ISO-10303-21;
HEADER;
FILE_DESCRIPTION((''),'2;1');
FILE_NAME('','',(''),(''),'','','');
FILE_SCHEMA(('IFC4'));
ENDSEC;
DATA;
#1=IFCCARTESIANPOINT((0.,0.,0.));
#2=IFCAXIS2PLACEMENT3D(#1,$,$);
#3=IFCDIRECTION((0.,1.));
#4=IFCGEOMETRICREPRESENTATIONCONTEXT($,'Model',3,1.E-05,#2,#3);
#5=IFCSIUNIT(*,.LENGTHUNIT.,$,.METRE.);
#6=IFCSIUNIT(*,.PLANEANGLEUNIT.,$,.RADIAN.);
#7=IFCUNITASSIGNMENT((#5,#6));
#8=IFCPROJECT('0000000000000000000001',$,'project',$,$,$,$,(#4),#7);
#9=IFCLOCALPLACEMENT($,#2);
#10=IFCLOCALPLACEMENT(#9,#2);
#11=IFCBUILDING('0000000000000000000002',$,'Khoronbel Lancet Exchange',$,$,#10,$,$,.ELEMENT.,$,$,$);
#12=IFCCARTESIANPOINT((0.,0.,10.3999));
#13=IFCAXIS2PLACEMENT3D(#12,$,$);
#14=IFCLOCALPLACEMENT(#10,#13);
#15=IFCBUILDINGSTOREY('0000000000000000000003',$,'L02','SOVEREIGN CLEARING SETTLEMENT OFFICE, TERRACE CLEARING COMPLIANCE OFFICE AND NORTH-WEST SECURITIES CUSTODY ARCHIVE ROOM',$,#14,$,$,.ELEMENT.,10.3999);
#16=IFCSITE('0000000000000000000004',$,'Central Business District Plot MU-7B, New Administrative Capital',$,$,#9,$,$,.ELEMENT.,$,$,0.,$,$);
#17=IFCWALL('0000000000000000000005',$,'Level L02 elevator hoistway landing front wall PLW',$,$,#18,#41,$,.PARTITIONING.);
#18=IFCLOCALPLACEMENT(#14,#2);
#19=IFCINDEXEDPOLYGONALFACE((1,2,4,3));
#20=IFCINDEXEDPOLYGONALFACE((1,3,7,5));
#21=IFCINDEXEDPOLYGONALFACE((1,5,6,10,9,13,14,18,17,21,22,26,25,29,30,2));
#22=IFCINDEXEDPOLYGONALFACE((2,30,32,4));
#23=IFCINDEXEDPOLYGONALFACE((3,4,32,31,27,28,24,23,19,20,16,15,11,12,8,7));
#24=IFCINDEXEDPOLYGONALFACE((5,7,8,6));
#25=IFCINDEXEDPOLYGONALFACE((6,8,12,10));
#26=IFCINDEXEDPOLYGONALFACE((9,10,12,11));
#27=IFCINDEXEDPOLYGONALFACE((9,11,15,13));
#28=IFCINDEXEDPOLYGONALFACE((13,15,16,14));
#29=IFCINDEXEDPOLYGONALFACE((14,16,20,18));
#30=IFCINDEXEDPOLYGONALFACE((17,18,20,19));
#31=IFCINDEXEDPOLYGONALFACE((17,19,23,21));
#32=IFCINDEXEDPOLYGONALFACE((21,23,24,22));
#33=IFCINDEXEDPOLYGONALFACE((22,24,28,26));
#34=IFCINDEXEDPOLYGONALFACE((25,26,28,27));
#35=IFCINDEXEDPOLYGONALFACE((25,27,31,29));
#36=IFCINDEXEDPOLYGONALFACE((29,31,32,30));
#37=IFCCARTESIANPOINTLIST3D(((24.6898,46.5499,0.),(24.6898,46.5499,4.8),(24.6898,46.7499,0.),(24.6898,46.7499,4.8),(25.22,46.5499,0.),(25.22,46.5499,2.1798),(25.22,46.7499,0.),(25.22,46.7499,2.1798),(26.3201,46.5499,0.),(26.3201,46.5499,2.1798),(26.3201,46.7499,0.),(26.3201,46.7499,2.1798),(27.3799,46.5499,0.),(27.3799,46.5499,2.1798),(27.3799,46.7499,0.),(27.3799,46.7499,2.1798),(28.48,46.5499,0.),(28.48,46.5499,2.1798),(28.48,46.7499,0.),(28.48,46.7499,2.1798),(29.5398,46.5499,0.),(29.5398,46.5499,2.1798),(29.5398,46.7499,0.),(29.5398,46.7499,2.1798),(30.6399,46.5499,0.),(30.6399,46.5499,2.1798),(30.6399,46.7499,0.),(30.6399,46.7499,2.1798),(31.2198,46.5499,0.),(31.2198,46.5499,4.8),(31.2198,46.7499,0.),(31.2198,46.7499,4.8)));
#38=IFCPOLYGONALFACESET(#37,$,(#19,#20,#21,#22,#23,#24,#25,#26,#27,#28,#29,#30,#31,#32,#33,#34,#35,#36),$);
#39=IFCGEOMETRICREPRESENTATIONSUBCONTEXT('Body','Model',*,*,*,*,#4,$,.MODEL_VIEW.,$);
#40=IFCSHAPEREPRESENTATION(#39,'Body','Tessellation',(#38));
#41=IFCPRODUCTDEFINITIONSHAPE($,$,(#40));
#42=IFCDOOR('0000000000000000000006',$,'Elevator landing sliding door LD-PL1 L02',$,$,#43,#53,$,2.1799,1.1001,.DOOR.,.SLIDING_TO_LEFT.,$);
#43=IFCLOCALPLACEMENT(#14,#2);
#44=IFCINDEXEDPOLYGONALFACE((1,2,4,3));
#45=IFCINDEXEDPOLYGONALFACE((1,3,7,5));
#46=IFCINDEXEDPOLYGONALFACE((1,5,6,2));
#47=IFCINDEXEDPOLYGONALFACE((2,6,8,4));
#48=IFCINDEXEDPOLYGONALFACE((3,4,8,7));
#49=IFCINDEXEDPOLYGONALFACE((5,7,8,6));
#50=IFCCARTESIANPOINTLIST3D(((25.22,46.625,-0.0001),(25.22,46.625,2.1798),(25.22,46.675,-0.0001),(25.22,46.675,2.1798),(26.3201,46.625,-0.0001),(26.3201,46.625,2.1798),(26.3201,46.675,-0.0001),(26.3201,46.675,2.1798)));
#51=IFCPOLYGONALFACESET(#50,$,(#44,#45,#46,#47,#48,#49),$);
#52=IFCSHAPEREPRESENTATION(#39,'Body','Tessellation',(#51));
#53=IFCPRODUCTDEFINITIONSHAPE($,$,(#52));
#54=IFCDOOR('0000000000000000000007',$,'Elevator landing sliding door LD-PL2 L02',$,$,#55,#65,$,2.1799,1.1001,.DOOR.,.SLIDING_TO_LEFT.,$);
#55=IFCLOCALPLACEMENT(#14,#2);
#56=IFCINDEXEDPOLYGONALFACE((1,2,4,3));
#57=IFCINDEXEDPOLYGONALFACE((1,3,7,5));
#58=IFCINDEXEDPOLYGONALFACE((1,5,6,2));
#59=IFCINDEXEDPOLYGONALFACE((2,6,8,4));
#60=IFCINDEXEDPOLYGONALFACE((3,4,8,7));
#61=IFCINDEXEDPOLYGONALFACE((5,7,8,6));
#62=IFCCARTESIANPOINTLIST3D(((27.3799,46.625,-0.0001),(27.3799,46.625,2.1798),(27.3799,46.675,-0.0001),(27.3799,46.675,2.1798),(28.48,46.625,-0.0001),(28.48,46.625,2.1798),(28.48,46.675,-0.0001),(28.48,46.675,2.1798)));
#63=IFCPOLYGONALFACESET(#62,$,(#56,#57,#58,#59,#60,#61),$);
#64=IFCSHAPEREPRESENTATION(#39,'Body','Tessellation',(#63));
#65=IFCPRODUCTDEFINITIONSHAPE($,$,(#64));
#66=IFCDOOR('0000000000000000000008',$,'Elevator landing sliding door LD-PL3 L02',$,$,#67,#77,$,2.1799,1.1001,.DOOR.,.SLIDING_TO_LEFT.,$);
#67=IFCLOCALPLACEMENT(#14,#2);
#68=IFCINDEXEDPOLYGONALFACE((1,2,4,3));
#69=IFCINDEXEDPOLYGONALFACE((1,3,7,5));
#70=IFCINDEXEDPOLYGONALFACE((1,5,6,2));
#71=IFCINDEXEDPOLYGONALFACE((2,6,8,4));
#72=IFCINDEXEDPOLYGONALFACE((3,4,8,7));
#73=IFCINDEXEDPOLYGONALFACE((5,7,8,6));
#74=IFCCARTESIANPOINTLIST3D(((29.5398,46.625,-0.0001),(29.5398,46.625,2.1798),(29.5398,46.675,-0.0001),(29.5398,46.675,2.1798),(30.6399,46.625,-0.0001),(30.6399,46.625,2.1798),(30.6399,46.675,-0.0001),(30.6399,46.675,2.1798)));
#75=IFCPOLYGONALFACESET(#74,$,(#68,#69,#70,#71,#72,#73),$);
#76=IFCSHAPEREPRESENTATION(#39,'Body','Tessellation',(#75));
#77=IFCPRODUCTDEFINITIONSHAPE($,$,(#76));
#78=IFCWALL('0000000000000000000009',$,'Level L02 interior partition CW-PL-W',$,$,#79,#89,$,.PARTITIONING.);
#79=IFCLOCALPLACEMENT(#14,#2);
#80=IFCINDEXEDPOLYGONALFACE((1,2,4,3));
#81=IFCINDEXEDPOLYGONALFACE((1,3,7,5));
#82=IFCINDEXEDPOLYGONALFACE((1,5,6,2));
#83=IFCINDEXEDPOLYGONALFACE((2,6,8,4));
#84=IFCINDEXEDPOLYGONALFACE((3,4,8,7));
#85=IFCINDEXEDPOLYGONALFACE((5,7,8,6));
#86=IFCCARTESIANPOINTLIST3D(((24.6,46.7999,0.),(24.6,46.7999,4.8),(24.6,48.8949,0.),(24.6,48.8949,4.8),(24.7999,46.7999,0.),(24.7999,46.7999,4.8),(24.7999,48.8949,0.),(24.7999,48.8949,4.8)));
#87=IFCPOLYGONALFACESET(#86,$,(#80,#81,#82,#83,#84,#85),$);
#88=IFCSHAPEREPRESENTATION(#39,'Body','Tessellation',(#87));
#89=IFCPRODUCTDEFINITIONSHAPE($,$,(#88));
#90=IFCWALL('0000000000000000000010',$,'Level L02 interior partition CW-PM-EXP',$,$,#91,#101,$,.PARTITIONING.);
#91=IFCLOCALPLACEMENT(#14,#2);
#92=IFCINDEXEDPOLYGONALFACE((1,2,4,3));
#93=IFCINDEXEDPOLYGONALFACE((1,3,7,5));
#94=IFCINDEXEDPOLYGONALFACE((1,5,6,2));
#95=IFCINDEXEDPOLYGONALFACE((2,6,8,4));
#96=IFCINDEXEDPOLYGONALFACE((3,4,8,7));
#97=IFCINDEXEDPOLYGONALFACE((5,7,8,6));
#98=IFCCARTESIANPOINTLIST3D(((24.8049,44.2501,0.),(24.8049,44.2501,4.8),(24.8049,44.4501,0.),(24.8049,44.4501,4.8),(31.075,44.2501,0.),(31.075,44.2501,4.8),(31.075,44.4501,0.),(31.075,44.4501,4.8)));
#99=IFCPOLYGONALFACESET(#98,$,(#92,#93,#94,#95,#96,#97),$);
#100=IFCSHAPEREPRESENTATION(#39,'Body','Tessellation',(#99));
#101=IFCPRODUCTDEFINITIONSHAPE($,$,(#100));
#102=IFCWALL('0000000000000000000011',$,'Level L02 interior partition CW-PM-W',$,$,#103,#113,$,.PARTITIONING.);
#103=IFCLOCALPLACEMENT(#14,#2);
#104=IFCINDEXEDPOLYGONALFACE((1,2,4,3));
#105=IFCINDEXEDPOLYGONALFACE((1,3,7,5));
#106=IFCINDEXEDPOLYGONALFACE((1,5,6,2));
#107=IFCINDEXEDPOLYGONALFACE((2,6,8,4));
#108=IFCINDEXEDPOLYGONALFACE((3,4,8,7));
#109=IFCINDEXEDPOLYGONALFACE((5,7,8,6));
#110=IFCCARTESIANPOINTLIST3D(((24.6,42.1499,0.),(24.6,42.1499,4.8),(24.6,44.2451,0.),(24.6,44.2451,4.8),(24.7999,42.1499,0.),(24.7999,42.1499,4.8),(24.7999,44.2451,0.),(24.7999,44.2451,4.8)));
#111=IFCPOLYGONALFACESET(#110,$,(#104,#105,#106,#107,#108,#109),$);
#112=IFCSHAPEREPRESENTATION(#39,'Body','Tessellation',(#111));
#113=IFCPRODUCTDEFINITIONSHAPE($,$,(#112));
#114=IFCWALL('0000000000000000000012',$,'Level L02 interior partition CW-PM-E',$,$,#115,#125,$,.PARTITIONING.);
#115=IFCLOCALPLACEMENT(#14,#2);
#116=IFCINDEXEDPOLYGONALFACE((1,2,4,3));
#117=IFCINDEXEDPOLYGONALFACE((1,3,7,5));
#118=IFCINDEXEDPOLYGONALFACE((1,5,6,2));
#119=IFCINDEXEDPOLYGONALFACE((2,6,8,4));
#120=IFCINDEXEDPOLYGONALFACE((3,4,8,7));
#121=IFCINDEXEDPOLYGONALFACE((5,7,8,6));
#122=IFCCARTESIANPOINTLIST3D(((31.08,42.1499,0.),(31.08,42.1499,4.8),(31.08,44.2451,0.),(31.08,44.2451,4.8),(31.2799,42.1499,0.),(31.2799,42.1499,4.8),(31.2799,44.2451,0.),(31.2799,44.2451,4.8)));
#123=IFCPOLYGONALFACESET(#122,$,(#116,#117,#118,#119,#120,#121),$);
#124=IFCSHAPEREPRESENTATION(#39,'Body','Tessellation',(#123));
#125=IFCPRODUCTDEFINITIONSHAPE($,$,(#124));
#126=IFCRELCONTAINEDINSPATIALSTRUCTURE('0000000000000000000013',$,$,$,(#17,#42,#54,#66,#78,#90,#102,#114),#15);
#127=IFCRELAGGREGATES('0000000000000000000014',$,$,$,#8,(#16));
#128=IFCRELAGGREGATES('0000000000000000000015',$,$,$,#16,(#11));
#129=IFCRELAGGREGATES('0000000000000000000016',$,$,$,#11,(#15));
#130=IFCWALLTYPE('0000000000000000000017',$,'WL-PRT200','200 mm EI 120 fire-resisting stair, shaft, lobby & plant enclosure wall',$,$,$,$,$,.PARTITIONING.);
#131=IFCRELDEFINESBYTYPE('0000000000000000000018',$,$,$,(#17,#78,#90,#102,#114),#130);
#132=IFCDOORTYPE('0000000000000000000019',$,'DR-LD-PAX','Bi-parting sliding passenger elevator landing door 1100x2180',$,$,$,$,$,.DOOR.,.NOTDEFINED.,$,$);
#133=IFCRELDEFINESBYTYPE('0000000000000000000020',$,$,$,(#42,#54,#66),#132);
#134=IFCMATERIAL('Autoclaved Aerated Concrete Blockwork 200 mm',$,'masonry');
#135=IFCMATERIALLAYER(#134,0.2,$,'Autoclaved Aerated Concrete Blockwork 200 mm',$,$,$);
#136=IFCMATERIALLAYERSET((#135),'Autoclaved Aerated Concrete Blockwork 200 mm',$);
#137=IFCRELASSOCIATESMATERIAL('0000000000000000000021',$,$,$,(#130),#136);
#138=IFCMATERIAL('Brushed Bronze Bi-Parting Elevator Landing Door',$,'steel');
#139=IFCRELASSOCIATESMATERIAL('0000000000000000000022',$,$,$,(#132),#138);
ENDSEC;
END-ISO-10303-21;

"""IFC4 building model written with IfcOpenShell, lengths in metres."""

from ifc_helpers import new_model, si_unit, direction, frame, frame_2d, origin, place, context, subcontext, project, spatial, rectangle, extrude, material, layer, layer_set, type_object, element, fill, save


model = new_model("IFC4")

# Units and contexts
model_context = context("Model", 3, precision=1e-05, world=origin(), true_north=direction((0.0, 1.0)))
body_context = subcontext(model_context, "Body", "Model", "MODEL_VIEW")
ifc_project = project(units=[si_unit("LENGTHUNIT", "METRE"), si_unit("PLANEANGLEUNIT", "RADIAN")], contexts=[model_context])

# Site, building, storey
site_placement = place(None, origin())
site = spatial("IfcSite", under=ifc_project, at=site_placement, Name="Central Business District Plot MU-7B, New Administrative Capital", CompositionType="ELEMENT", RefElevation=0.0)
building_placement = place(site_placement, origin())
building = spatial("IfcBuilding", under=site, at=building_placement, Name="Khoronbel Lancet Exchange", CompositionType="ELEMENT")
storey_placement = place(building_placement, frame((0.0, 0.0, 10.3999)))
storey = spatial("IfcBuildingStorey", under=building, at=storey_placement, Name="L02", Description="SOVEREIGN CLEARING SETTLEMENT OFFICE, TERRACE CLEARING COMPLIANCE OFFICE AND NORTH-WEST SECURITIES CUSTODY ARCHIVE ROOM", CompositionType="ELEMENT", Elevation=10.3999)

# Wall, openings, doors
ifc_material_1 = material(Name="Autoclaved Aerated Concrete Blockwork 200 mm", Category="masonry")
ifc_layer_1 = layer(ifc_material_1, 0.2, Name="Autoclaved Aerated Concrete Blockwork 200 mm")
ifc_layer_set_1 = layer_set([ifc_layer_1], Name="Autoclaved Aerated Concrete Blockwork 200 mm")
wall_type_1 = type_object("IfcWallType", Name="WL-PRT200", Description="200 mm EI 120 fire-resisting stair, shaft, lobby & plant enclosure wall", PredefinedType="PARTITIONING", material=ifc_layer_set_1)
wall_1_placement = place(storey_placement, frame((31.22, 46.6499, 0.0), z_axis=(0.0, 0.0, 1.0), x_axis=(-1.0, 0.0, 0.0)))
wall_1 = element("IfcWall", 1, at=wall_1_placement, inside=storey, type_object=wall_type_1, Name="Level L02 elevator hoistway landing front wall PLW", PredefinedType="PARTITIONING", context=body_context, shape_type="SweptSolid", body=[
    extrude(rectangle(XDim=6.53, YDim=0.2, at=frame_2d((3.2651, 0.0))), origin(), (0.0, 0.0, 1.0), 4.8),
])
opening_1_placement = place(wall_1_placement, frame((4.8999, 0.0, 0.0)))
opening_1 = element("IfcOpeningElement", 2, at=opening_1_placement, cuts=wall_1, PredefinedType="OPENING", context=body_context, shape_type="SweptSolid", body=[
    extrude(rectangle(XDim=1.1001, YDim=2.1799, at=frame_2d((0.55, 1.0898))), frame((0.0, 0.1099, 0.0), z_axis=(0.0, -1.0, 0.0), x_axis=(1.0, 0.0, 0.0)), (0.0, 0.0, 1.0), 0.22),
])
opening_2_placement = place(wall_1_placement, frame((2.74, 0.0, 0.0)))
opening_2 = element("IfcOpeningElement", 3, at=opening_2_placement, cuts=wall_1, PredefinedType="OPENING", context=body_context, shape_type="SweptSolid", body=[
    extrude(rectangle(XDim=1.1001, YDim=2.1799, at=frame_2d((0.55, 1.0898))), frame((0.0, 0.1099, 0.0), z_axis=(0.0, -1.0, 0.0), x_axis=(1.0, 0.0, 0.0)), (0.0, 0.0, 1.0), 0.22),
])
opening_3_placement = place(wall_1_placement, frame((0.5801, 0.0, 0.0)))
opening_3 = element("IfcOpeningElement", 4, at=opening_3_placement, cuts=wall_1, PredefinedType="OPENING", context=body_context, shape_type="SweptSolid", body=[
    extrude(rectangle(XDim=1.1001, YDim=2.1799, at=frame_2d((0.55, 1.0898))), frame((0.0, 0.1099, 0.0), z_axis=(0.0, -1.0, 0.0), x_axis=(1.0, 0.0, 0.0)), (0.0, 0.0, 1.0), 0.22),
])
ifc_material_2 = material(Name="Brushed Bronze Bi-Parting Elevator Landing Door", Category="steel")
door_type_1 = type_object("IfcDoorType", Name="DR-LD-PAX", Description="Bi-parting sliding passenger elevator landing door 1100x2180", OperationType="NOTDEFINED", PredefinedType="DOOR", material=ifc_material_2)
door_1_placement = place(opening_1_placement, origin())
door_1 = element("IfcDoor", 5, at=door_1_placement, inside=storey, type_object=door_type_1, Name="Elevator landing sliding door LD-PL1 L02", OperationType="SLIDING_TO_LEFT", OverallHeight=2.1799, OverallWidth=1.1001, PredefinedType="DOOR", context=body_context, shape_type="SweptSolid", body=[
    extrude(rectangle(XDim=1.1001, YDim=2.1799, at=frame_2d((0.55, 1.0898))), frame((0.0, 0.0249, 0.0), z_axis=(0.0, -1.0, 0.0), x_axis=(1.0, 0.0, 0.0)), (0.0, 0.0, 1.0), 0.05),
])
fill(opening_1, door_1)
door_2_placement = place(opening_2_placement, origin())
door_2 = element("IfcDoor", 6, at=door_2_placement, inside=storey, type_object=door_type_1, Name="Elevator landing sliding door LD-PL2 L02", OperationType="SLIDING_TO_LEFT", OverallHeight=2.1799, OverallWidth=1.1001, PredefinedType="DOOR", context=body_context, shape_type="SweptSolid", body=[
    extrude(rectangle(XDim=1.1001, YDim=2.1799, at=frame_2d((0.55, 1.0898))), frame((0.0, 0.0249, 0.0), z_axis=(0.0, -1.0, 0.0), x_axis=(1.0, 0.0, 0.0)), (0.0, 0.0, 1.0), 0.05),
])
fill(opening_2, door_2)
door_3_placement = place(opening_3_placement, origin())
door_3 = element("IfcDoor", 7, at=door_3_placement, inside=storey, type_object=door_type_1, Name="Elevator landing sliding door LD-PL3 L02", OperationType="SLIDING_TO_LEFT", OverallHeight=2.1799, OverallWidth=1.1001, PredefinedType="DOOR", context=body_context, shape_type="SweptSolid", body=[
    extrude(rectangle(XDim=1.1001, YDim=2.1799, at=frame_2d((0.55, 1.0898))), frame((0.0, 0.0249, 0.0), z_axis=(0.0, -1.0, 0.0), x_axis=(1.0, 0.0, 0.0)), (0.0, 0.0, 1.0), 0.05),
])
fill(opening_3, door_3)

# Walls
wall_2_placement = place(storey_placement, frame((24.7, 46.8, 0.0), z_axis=(0.0, 0.0, 1.0), x_axis=(0.0, 1.0, 0.0)))
element("IfcWall", 8, at=wall_2_placement, inside=storey, type_object=wall_type_1, Name="Level L02 interior partition CW-PL-W", PredefinedType="PARTITIONING", context=body_context, shape_type="SweptSolid", body=[
    extrude(rectangle(XDim=2.095, YDim=0.2, at=frame_2d((1.0474, 0.0))), origin(), (0.0, 0.0, 1.0), 4.8),
])
wall_3_placement = place(storey_placement, frame((24.8049, 44.3501, 0.0), z_axis=(0.0, 0.0, 1.0), x_axis=(1.0, 0.0, 0.0)))
element("IfcWall", 9, at=wall_3_placement, inside=storey, type_object=wall_type_1, Name="Level L02 interior partition CW-PM-EXP", PredefinedType="PARTITIONING", context=body_context, shape_type="SweptSolid", body=[
    extrude(rectangle(XDim=6.27, YDim=0.2, at=frame_2d((3.135, 0.0))), origin(), (0.0, 0.0, 1.0), 4.8),
])
for number, where, z_axis, x_axis, name in (
    (10, (24.7, 42.1499, 0.0), (0.0, 0.0, 1.0), (0.0, 1.0, 0.0), "Level L02 interior partition CW-PM-W"),
    (11, (31.1799, 42.1499, 0.0), (0.0, 0.0, 1.0), (0.0, 1.0, 0.0), "Level L02 interior partition CW-PM-E"),
):
    element("IfcWall", number, at=place(storey_placement, frame(where, z_axis=z_axis, x_axis=x_axis)), inside=storey, type_object=wall_type_1, Name=name, PredefinedType="PARTITIONING", context=body_context, shape_type="SweptSolid", body=[
        extrude(rectangle(XDim=2.0952, YDim=0.2, at=frame_2d((1.0476, 0.0))), origin(), (0.0, 0.0, 1.0), 4.8),
    ])

save(model, "model.ifc")
